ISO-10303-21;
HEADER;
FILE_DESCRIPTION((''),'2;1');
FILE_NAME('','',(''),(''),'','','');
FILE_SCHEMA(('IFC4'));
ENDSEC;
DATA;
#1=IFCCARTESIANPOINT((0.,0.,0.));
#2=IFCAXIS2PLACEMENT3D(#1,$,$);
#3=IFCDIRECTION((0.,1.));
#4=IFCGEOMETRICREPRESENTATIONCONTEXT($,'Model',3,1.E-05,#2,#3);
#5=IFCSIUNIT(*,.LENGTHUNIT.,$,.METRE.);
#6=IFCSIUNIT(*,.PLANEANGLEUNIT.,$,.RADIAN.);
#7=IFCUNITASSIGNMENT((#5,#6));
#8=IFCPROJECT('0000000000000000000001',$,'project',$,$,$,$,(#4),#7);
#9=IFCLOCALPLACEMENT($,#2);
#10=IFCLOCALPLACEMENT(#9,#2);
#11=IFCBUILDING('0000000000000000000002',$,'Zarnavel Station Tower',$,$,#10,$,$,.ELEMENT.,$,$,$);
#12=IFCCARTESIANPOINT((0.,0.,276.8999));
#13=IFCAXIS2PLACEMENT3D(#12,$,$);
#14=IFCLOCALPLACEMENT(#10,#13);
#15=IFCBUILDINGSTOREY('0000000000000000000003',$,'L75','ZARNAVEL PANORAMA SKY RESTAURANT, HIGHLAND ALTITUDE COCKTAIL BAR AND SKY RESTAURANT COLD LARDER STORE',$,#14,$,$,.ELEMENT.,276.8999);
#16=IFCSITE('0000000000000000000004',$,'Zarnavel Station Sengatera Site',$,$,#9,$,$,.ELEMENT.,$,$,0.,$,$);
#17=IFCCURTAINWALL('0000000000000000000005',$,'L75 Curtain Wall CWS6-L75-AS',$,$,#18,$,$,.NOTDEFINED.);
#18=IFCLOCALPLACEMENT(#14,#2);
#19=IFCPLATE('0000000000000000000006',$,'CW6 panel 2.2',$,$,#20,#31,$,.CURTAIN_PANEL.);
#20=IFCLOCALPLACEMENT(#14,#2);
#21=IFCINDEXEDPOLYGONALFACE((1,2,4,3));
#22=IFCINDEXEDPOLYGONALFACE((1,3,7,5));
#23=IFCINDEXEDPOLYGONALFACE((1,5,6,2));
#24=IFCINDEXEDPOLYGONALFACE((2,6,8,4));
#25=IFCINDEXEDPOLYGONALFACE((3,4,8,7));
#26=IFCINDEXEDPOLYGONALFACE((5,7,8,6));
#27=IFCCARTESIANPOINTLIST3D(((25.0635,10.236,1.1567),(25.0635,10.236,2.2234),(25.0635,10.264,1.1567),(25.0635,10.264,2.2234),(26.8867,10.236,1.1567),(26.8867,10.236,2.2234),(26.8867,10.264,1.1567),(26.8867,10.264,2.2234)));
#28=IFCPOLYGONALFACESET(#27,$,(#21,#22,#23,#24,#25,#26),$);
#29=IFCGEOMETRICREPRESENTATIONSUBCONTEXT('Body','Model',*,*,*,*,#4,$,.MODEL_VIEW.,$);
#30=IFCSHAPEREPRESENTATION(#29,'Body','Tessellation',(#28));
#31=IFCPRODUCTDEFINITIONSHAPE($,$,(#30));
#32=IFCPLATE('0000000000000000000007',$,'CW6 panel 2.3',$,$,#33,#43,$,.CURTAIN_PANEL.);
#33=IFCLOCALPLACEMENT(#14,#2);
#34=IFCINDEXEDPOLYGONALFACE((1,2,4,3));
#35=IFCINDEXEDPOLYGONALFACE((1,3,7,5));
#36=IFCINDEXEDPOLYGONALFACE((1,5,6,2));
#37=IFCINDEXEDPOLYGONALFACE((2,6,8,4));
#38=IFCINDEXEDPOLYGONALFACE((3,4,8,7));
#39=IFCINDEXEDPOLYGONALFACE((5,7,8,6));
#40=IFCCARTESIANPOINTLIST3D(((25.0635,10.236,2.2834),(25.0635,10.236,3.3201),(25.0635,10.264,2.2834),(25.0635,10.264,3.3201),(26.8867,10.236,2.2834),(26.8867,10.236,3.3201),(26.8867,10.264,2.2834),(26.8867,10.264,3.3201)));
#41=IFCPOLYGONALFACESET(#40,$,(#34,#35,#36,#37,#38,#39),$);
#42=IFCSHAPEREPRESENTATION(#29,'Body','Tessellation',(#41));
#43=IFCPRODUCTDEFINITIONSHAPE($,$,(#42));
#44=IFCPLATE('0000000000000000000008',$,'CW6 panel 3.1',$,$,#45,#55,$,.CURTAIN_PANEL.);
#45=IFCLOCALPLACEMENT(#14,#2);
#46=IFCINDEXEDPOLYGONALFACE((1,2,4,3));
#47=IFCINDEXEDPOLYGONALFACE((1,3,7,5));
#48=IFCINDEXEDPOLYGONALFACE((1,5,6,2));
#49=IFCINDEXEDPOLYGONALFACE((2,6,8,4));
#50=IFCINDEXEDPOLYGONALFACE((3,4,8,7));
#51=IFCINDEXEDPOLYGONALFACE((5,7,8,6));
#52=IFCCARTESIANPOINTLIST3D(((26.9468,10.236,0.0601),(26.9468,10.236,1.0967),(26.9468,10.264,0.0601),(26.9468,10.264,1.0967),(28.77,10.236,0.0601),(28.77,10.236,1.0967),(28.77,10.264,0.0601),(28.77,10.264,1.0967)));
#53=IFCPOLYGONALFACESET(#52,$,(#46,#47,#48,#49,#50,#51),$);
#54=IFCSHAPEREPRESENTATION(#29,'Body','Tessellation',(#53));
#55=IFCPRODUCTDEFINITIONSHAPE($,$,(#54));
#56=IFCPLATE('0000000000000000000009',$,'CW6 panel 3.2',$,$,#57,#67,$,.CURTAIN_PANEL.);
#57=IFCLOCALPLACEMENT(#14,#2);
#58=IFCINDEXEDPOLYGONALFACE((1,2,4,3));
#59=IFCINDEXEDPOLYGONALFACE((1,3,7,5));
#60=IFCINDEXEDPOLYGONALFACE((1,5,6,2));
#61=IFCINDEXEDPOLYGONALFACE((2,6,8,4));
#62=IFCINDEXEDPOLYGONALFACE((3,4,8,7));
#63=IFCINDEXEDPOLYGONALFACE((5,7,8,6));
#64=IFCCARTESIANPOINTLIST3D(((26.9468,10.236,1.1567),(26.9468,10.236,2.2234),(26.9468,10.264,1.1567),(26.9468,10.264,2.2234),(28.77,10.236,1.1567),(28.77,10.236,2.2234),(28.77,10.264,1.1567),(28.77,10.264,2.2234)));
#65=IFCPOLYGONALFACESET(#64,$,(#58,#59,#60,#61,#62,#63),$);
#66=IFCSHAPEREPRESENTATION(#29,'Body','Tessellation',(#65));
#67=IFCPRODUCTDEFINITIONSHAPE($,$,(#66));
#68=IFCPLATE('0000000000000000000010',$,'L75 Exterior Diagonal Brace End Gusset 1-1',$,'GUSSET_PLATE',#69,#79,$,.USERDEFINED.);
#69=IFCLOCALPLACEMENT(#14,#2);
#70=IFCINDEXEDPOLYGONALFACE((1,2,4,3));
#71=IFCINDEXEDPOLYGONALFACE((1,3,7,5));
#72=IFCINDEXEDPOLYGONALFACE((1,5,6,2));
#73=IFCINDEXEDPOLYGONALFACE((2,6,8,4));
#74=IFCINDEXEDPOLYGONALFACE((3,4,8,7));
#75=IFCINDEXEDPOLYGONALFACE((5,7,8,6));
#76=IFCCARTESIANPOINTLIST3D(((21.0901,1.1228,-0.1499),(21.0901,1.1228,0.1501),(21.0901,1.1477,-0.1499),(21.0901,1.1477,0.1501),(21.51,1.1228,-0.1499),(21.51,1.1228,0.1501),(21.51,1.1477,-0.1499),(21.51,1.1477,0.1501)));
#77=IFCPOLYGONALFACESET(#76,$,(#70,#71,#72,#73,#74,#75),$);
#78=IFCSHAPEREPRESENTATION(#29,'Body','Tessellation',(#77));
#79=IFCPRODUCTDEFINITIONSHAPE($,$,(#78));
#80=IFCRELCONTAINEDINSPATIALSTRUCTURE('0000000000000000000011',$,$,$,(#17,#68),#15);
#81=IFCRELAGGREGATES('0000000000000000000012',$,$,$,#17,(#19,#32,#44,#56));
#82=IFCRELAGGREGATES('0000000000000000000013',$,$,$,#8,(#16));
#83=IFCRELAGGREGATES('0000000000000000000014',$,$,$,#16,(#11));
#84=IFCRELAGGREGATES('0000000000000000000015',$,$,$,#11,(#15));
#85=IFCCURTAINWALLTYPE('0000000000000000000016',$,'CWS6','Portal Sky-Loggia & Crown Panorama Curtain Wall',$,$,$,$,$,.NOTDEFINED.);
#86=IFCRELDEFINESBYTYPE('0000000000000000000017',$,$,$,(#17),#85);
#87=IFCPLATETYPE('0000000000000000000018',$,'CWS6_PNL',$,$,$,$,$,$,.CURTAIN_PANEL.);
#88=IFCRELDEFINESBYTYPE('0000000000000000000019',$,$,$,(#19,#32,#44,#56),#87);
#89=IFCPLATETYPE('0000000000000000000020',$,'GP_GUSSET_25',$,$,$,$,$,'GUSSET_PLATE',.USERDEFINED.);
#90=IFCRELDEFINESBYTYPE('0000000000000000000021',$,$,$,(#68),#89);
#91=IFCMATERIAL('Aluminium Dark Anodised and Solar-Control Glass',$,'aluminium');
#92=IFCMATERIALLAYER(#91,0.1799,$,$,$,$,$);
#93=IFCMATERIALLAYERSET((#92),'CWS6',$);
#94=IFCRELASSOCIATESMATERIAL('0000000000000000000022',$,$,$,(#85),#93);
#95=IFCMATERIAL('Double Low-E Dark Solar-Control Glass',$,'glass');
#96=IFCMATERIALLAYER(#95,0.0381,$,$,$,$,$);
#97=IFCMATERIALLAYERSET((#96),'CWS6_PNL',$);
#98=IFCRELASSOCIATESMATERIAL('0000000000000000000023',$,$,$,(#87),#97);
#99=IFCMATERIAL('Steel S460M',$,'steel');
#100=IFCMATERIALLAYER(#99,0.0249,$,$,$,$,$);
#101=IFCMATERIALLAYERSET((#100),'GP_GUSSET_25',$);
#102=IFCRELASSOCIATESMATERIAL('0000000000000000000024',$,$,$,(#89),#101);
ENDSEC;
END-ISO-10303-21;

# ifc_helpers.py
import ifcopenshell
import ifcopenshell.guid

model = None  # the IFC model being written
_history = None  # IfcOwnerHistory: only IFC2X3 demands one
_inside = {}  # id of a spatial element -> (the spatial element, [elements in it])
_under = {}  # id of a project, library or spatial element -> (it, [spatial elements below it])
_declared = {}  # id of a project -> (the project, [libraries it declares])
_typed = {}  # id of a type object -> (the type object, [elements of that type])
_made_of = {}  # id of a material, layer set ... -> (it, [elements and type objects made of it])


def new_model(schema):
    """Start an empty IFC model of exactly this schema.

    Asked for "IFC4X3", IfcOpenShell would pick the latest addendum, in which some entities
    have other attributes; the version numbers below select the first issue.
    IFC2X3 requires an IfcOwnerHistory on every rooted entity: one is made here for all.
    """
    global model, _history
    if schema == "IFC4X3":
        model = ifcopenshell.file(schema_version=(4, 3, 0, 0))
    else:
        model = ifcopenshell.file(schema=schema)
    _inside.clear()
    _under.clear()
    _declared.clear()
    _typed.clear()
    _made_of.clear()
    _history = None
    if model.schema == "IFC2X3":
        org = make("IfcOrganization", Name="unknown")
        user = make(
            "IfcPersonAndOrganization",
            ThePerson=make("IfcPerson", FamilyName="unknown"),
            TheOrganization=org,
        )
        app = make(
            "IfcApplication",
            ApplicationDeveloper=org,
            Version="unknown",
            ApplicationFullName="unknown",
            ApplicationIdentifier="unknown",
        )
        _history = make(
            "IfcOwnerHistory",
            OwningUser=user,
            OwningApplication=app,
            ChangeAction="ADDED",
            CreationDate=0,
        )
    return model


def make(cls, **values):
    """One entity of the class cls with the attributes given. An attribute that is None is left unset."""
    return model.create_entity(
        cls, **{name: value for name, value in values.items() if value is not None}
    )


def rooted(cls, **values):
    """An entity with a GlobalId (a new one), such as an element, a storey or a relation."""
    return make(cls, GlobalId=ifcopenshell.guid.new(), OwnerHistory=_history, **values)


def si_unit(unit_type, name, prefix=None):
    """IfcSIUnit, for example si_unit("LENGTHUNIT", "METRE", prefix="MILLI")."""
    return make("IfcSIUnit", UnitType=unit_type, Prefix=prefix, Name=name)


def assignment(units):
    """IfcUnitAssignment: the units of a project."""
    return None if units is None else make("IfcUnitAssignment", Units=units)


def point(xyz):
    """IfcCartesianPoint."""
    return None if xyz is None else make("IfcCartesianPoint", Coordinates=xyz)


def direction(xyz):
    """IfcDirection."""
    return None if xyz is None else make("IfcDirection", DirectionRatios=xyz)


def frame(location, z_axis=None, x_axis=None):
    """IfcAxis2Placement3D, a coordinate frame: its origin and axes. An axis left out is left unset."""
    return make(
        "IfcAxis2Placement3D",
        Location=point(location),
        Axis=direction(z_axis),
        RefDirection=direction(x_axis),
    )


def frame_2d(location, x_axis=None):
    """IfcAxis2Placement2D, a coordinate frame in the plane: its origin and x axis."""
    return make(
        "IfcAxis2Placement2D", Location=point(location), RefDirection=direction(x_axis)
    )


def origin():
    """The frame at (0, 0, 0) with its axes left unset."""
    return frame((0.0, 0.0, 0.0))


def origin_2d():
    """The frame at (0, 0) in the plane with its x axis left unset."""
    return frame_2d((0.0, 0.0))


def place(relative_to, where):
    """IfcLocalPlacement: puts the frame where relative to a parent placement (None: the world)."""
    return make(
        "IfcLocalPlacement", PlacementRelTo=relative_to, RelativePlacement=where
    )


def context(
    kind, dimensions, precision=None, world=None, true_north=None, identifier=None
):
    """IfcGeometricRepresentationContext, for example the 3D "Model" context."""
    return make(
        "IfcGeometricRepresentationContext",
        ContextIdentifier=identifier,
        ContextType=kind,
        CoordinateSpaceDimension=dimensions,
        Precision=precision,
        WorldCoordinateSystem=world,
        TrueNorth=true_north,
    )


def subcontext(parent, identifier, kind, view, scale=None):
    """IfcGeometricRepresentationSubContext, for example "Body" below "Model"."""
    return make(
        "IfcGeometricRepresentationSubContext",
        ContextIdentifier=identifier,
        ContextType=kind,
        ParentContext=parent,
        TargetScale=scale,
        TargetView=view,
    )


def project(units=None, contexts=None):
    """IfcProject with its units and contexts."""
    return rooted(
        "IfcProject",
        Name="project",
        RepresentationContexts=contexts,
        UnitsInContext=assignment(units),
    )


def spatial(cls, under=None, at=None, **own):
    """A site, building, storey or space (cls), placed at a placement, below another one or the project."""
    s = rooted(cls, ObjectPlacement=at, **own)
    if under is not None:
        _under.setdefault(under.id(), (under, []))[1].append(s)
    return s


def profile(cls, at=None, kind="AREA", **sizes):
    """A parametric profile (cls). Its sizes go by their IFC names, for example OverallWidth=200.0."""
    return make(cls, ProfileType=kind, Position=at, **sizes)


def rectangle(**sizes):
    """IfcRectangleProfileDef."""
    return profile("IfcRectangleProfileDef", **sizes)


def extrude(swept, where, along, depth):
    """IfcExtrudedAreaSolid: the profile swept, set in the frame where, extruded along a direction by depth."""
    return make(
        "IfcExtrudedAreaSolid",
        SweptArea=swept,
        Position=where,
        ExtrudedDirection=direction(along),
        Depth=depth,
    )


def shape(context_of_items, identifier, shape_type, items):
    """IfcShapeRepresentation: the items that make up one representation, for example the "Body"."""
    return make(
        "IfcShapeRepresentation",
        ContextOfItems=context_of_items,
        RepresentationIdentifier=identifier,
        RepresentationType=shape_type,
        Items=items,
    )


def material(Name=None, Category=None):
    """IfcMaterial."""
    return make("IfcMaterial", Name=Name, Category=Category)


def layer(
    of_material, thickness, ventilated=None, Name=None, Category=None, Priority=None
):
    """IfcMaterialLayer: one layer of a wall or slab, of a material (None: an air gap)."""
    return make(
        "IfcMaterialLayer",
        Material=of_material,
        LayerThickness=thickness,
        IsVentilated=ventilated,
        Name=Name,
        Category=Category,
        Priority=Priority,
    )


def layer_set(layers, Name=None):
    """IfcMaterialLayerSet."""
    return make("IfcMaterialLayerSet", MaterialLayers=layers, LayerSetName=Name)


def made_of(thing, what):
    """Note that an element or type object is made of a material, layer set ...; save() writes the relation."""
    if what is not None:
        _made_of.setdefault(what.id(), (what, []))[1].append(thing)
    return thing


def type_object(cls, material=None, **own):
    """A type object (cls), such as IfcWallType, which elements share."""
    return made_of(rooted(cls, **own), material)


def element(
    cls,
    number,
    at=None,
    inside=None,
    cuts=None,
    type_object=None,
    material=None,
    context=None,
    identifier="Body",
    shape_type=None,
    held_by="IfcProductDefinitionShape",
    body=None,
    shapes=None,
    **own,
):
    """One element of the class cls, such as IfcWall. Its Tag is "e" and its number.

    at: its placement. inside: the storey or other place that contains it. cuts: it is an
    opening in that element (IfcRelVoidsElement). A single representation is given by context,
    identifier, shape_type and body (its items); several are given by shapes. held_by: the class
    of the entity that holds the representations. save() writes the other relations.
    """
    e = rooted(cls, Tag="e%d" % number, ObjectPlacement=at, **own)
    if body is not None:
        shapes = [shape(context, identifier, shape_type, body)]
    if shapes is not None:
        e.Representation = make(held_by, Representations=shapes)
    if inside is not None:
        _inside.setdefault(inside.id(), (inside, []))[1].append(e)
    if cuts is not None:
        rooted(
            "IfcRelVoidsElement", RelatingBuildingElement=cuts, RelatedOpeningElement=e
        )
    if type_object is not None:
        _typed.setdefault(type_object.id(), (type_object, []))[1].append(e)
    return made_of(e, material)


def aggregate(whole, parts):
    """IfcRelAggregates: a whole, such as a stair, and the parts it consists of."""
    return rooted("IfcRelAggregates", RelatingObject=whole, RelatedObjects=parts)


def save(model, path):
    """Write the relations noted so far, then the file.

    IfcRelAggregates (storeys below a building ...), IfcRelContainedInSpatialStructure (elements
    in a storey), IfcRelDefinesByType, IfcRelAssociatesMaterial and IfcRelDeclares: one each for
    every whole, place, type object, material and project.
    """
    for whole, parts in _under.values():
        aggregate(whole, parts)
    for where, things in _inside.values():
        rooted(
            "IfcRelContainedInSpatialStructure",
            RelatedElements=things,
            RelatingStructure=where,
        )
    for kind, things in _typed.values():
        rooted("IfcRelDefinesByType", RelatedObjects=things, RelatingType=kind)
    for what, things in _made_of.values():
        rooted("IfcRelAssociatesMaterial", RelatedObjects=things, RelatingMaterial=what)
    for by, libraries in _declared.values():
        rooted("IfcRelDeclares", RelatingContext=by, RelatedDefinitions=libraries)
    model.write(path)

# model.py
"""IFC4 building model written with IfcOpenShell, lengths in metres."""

from ifc_helpers import new_model, si_unit, direction, frame, origin, origin_2d, place, context, subcontext, project, spatial, rectangle, extrude, material, layer, layer_set, type_object, element, aggregate, save


model = new_model("IFC4")

# Units and contexts
model_context = context("Model", 3, precision=1e-05, world=origin(), true_north=direction((0.0, 1.0)))
body_context = subcontext(model_context, "Body", "Model", "MODEL_VIEW")
ifc_project = project(units=[si_unit("LENGTHUNIT", "METRE"), si_unit("PLANEANGLEUNIT", "RADIAN")], contexts=[model_context])

# Site, building, storey
site_placement = place(None, origin())
site = spatial("IfcSite", under=ifc_project, at=site_placement, Name="Zarnavel Station Sengatera Site", CompositionType="ELEMENT", RefElevation=0.0)
building_placement = place(site_placement, origin())
building = spatial("IfcBuilding", under=site, at=building_placement, Name="Zarnavel Station Tower", CompositionType="ELEMENT")
storey_placement = place(building_placement, frame((0.0, 0.0, 276.8999)))
storey = spatial("IfcBuildingStorey", under=building, at=storey_placement, Name="L75", Description="ZARNAVEL PANORAMA SKY RESTAURANT, HIGHLAND ALTITUDE COCKTAIL BAR AND SKY RESTAURANT COLD LARDER STORE", CompositionType="ELEMENT", Elevation=276.8999)

# Curtain wall
ifc_material_1 = material(Name="Aluminium Dark Anodised and Solar-Control Glass", Category="aluminium")
ifc_layer_1 = layer(ifc_material_1, 0.1799)
ifc_layer_set_1 = layer_set([ifc_layer_1], Name="CWS6")
curtain_wall_type = type_object("IfcCurtainWallType", Name="CWS6", Description="Portal Sky-Loggia & Crown Panorama Curtain Wall", PredefinedType="NOTDEFINED", material=ifc_layer_set_1)
curtain_wall_placement = place(storey_placement, origin())
curtain_wall = element("IfcCurtainWall", 1, at=curtain_wall_placement, inside=storey, type_object=curtain_wall_type, Name="L75 Curtain Wall CWS6-L75-AS", PredefinedType="NOTDEFINED")

# Plates
ifc_material_2 = material(Name="Double Low-E Dark Solar-Control Glass", Category="glass")
ifc_layer_2 = layer(ifc_material_2, 0.0381)
ifc_layer_set_2 = layer_set([ifc_layer_2], Name="CWS6_PNL")
plate_type_1 = type_object("IfcPlateType", Name="CWS6_PNL", PredefinedType="CURTAIN_PANEL", material=ifc_layer_set_2)
plate_1_placement = place(storey_placement, frame((25.9751, 10.25, 1.1567), z_axis=(0.0, 0.0, 1.0), x_axis=(1.0, 0.0, 0.0)))
plate_1 = element("IfcPlate", 2, at=plate_1_placement, type_object=plate_type_1, Name="CW6 panel 2.2", PredefinedType="CURTAIN_PANEL", context=body_context, shape_type="SweptSolid", body=[
    extrude(rectangle(XDim=1.8232, YDim=0.0281, at=origin_2d()), origin(), (0.0, 0.0, 1.0), 1.0667),
])
plate_2_placement = place(storey_placement, frame((25.9751, 10.25, 2.2834), z_axis=(0.0, 0.0, 1.0), x_axis=(1.0, 0.0, 0.0)))
plate_2 = element("IfcPlate", 3, at=plate_2_placement, type_object=plate_type_1, Name="CW6 panel 2.3", PredefinedType="CURTAIN_PANEL", context=body_context, shape_type="SweptSolid", body=[
    extrude(rectangle(XDim=1.8232, YDim=0.0281, at=origin_2d()), origin(), (0.0, 0.0, 1.0), 1.0366),
])
plate_3_placement = place(storey_placement, frame((27.8584, 10.25, 0.0601), z_axis=(0.0, 0.0, 1.0), x_axis=(1.0, 0.0, 0.0)))
plate_3 = element("IfcPlate", 4, at=plate_3_placement, type_object=plate_type_1, Name="CW6 panel 3.1", PredefinedType="CURTAIN_PANEL", context=body_context, shape_type="SweptSolid", body=[
    extrude(rectangle(XDim=1.8232, YDim=0.0281, at=origin_2d()), origin(), (0.0, 0.0, 1.0), 1.0366),
])
plate_4_placement = place(storey_placement, frame((27.8584, 10.25, 1.1567), z_axis=(0.0, 0.0, 1.0), x_axis=(1.0, 0.0, 0.0)))
plate_4 = element("IfcPlate", 5, at=plate_4_placement, type_object=plate_type_1, Name="CW6 panel 3.2", PredefinedType="CURTAIN_PANEL", context=body_context, shape_type="SweptSolid", body=[
    extrude(rectangle(XDim=1.8232, YDim=0.0281, at=origin_2d()), origin(), (0.0, 0.0, 1.0), 1.0667),
])
aggregate(curtain_wall, [plate_1, plate_2, plate_3, plate_4])
ifc_material_3 = material(Name="Steel S460M", Category="steel")
ifc_layer_3 = layer(ifc_material_3, 0.0249)
ifc_layer_set_3 = layer_set([ifc_layer_3], Name="GP_GUSSET_25")
plate_type_2 = type_object("IfcPlateType", Name="GP_GUSSET_25", ElementType="GUSSET_PLATE", PredefinedType="USERDEFINED", material=ifc_layer_set_3)
plate_5_placement = place(storey_placement, frame((21.3, 1.1353, -0.1499), z_axis=(0.0, 0.0, 1.0), x_axis=(1.0, 0.0, 0.0)))
element("IfcPlate", 6, at=plate_5_placement, inside=storey, type_object=plate_type_2, Name="L75 Exterior Diagonal Brace End Gusset 1-1", ObjectType="GUSSET_PLATE", PredefinedType="USERDEFINED", context=body_context, shape_type="SweptSolid", body=[
    extrude(rectangle(XDim=0.4199, YDim=0.0249, at=origin_2d()), origin(), (0.0, 0.0, 1.0), 0.3),
])

save(model, "model.ifc")
